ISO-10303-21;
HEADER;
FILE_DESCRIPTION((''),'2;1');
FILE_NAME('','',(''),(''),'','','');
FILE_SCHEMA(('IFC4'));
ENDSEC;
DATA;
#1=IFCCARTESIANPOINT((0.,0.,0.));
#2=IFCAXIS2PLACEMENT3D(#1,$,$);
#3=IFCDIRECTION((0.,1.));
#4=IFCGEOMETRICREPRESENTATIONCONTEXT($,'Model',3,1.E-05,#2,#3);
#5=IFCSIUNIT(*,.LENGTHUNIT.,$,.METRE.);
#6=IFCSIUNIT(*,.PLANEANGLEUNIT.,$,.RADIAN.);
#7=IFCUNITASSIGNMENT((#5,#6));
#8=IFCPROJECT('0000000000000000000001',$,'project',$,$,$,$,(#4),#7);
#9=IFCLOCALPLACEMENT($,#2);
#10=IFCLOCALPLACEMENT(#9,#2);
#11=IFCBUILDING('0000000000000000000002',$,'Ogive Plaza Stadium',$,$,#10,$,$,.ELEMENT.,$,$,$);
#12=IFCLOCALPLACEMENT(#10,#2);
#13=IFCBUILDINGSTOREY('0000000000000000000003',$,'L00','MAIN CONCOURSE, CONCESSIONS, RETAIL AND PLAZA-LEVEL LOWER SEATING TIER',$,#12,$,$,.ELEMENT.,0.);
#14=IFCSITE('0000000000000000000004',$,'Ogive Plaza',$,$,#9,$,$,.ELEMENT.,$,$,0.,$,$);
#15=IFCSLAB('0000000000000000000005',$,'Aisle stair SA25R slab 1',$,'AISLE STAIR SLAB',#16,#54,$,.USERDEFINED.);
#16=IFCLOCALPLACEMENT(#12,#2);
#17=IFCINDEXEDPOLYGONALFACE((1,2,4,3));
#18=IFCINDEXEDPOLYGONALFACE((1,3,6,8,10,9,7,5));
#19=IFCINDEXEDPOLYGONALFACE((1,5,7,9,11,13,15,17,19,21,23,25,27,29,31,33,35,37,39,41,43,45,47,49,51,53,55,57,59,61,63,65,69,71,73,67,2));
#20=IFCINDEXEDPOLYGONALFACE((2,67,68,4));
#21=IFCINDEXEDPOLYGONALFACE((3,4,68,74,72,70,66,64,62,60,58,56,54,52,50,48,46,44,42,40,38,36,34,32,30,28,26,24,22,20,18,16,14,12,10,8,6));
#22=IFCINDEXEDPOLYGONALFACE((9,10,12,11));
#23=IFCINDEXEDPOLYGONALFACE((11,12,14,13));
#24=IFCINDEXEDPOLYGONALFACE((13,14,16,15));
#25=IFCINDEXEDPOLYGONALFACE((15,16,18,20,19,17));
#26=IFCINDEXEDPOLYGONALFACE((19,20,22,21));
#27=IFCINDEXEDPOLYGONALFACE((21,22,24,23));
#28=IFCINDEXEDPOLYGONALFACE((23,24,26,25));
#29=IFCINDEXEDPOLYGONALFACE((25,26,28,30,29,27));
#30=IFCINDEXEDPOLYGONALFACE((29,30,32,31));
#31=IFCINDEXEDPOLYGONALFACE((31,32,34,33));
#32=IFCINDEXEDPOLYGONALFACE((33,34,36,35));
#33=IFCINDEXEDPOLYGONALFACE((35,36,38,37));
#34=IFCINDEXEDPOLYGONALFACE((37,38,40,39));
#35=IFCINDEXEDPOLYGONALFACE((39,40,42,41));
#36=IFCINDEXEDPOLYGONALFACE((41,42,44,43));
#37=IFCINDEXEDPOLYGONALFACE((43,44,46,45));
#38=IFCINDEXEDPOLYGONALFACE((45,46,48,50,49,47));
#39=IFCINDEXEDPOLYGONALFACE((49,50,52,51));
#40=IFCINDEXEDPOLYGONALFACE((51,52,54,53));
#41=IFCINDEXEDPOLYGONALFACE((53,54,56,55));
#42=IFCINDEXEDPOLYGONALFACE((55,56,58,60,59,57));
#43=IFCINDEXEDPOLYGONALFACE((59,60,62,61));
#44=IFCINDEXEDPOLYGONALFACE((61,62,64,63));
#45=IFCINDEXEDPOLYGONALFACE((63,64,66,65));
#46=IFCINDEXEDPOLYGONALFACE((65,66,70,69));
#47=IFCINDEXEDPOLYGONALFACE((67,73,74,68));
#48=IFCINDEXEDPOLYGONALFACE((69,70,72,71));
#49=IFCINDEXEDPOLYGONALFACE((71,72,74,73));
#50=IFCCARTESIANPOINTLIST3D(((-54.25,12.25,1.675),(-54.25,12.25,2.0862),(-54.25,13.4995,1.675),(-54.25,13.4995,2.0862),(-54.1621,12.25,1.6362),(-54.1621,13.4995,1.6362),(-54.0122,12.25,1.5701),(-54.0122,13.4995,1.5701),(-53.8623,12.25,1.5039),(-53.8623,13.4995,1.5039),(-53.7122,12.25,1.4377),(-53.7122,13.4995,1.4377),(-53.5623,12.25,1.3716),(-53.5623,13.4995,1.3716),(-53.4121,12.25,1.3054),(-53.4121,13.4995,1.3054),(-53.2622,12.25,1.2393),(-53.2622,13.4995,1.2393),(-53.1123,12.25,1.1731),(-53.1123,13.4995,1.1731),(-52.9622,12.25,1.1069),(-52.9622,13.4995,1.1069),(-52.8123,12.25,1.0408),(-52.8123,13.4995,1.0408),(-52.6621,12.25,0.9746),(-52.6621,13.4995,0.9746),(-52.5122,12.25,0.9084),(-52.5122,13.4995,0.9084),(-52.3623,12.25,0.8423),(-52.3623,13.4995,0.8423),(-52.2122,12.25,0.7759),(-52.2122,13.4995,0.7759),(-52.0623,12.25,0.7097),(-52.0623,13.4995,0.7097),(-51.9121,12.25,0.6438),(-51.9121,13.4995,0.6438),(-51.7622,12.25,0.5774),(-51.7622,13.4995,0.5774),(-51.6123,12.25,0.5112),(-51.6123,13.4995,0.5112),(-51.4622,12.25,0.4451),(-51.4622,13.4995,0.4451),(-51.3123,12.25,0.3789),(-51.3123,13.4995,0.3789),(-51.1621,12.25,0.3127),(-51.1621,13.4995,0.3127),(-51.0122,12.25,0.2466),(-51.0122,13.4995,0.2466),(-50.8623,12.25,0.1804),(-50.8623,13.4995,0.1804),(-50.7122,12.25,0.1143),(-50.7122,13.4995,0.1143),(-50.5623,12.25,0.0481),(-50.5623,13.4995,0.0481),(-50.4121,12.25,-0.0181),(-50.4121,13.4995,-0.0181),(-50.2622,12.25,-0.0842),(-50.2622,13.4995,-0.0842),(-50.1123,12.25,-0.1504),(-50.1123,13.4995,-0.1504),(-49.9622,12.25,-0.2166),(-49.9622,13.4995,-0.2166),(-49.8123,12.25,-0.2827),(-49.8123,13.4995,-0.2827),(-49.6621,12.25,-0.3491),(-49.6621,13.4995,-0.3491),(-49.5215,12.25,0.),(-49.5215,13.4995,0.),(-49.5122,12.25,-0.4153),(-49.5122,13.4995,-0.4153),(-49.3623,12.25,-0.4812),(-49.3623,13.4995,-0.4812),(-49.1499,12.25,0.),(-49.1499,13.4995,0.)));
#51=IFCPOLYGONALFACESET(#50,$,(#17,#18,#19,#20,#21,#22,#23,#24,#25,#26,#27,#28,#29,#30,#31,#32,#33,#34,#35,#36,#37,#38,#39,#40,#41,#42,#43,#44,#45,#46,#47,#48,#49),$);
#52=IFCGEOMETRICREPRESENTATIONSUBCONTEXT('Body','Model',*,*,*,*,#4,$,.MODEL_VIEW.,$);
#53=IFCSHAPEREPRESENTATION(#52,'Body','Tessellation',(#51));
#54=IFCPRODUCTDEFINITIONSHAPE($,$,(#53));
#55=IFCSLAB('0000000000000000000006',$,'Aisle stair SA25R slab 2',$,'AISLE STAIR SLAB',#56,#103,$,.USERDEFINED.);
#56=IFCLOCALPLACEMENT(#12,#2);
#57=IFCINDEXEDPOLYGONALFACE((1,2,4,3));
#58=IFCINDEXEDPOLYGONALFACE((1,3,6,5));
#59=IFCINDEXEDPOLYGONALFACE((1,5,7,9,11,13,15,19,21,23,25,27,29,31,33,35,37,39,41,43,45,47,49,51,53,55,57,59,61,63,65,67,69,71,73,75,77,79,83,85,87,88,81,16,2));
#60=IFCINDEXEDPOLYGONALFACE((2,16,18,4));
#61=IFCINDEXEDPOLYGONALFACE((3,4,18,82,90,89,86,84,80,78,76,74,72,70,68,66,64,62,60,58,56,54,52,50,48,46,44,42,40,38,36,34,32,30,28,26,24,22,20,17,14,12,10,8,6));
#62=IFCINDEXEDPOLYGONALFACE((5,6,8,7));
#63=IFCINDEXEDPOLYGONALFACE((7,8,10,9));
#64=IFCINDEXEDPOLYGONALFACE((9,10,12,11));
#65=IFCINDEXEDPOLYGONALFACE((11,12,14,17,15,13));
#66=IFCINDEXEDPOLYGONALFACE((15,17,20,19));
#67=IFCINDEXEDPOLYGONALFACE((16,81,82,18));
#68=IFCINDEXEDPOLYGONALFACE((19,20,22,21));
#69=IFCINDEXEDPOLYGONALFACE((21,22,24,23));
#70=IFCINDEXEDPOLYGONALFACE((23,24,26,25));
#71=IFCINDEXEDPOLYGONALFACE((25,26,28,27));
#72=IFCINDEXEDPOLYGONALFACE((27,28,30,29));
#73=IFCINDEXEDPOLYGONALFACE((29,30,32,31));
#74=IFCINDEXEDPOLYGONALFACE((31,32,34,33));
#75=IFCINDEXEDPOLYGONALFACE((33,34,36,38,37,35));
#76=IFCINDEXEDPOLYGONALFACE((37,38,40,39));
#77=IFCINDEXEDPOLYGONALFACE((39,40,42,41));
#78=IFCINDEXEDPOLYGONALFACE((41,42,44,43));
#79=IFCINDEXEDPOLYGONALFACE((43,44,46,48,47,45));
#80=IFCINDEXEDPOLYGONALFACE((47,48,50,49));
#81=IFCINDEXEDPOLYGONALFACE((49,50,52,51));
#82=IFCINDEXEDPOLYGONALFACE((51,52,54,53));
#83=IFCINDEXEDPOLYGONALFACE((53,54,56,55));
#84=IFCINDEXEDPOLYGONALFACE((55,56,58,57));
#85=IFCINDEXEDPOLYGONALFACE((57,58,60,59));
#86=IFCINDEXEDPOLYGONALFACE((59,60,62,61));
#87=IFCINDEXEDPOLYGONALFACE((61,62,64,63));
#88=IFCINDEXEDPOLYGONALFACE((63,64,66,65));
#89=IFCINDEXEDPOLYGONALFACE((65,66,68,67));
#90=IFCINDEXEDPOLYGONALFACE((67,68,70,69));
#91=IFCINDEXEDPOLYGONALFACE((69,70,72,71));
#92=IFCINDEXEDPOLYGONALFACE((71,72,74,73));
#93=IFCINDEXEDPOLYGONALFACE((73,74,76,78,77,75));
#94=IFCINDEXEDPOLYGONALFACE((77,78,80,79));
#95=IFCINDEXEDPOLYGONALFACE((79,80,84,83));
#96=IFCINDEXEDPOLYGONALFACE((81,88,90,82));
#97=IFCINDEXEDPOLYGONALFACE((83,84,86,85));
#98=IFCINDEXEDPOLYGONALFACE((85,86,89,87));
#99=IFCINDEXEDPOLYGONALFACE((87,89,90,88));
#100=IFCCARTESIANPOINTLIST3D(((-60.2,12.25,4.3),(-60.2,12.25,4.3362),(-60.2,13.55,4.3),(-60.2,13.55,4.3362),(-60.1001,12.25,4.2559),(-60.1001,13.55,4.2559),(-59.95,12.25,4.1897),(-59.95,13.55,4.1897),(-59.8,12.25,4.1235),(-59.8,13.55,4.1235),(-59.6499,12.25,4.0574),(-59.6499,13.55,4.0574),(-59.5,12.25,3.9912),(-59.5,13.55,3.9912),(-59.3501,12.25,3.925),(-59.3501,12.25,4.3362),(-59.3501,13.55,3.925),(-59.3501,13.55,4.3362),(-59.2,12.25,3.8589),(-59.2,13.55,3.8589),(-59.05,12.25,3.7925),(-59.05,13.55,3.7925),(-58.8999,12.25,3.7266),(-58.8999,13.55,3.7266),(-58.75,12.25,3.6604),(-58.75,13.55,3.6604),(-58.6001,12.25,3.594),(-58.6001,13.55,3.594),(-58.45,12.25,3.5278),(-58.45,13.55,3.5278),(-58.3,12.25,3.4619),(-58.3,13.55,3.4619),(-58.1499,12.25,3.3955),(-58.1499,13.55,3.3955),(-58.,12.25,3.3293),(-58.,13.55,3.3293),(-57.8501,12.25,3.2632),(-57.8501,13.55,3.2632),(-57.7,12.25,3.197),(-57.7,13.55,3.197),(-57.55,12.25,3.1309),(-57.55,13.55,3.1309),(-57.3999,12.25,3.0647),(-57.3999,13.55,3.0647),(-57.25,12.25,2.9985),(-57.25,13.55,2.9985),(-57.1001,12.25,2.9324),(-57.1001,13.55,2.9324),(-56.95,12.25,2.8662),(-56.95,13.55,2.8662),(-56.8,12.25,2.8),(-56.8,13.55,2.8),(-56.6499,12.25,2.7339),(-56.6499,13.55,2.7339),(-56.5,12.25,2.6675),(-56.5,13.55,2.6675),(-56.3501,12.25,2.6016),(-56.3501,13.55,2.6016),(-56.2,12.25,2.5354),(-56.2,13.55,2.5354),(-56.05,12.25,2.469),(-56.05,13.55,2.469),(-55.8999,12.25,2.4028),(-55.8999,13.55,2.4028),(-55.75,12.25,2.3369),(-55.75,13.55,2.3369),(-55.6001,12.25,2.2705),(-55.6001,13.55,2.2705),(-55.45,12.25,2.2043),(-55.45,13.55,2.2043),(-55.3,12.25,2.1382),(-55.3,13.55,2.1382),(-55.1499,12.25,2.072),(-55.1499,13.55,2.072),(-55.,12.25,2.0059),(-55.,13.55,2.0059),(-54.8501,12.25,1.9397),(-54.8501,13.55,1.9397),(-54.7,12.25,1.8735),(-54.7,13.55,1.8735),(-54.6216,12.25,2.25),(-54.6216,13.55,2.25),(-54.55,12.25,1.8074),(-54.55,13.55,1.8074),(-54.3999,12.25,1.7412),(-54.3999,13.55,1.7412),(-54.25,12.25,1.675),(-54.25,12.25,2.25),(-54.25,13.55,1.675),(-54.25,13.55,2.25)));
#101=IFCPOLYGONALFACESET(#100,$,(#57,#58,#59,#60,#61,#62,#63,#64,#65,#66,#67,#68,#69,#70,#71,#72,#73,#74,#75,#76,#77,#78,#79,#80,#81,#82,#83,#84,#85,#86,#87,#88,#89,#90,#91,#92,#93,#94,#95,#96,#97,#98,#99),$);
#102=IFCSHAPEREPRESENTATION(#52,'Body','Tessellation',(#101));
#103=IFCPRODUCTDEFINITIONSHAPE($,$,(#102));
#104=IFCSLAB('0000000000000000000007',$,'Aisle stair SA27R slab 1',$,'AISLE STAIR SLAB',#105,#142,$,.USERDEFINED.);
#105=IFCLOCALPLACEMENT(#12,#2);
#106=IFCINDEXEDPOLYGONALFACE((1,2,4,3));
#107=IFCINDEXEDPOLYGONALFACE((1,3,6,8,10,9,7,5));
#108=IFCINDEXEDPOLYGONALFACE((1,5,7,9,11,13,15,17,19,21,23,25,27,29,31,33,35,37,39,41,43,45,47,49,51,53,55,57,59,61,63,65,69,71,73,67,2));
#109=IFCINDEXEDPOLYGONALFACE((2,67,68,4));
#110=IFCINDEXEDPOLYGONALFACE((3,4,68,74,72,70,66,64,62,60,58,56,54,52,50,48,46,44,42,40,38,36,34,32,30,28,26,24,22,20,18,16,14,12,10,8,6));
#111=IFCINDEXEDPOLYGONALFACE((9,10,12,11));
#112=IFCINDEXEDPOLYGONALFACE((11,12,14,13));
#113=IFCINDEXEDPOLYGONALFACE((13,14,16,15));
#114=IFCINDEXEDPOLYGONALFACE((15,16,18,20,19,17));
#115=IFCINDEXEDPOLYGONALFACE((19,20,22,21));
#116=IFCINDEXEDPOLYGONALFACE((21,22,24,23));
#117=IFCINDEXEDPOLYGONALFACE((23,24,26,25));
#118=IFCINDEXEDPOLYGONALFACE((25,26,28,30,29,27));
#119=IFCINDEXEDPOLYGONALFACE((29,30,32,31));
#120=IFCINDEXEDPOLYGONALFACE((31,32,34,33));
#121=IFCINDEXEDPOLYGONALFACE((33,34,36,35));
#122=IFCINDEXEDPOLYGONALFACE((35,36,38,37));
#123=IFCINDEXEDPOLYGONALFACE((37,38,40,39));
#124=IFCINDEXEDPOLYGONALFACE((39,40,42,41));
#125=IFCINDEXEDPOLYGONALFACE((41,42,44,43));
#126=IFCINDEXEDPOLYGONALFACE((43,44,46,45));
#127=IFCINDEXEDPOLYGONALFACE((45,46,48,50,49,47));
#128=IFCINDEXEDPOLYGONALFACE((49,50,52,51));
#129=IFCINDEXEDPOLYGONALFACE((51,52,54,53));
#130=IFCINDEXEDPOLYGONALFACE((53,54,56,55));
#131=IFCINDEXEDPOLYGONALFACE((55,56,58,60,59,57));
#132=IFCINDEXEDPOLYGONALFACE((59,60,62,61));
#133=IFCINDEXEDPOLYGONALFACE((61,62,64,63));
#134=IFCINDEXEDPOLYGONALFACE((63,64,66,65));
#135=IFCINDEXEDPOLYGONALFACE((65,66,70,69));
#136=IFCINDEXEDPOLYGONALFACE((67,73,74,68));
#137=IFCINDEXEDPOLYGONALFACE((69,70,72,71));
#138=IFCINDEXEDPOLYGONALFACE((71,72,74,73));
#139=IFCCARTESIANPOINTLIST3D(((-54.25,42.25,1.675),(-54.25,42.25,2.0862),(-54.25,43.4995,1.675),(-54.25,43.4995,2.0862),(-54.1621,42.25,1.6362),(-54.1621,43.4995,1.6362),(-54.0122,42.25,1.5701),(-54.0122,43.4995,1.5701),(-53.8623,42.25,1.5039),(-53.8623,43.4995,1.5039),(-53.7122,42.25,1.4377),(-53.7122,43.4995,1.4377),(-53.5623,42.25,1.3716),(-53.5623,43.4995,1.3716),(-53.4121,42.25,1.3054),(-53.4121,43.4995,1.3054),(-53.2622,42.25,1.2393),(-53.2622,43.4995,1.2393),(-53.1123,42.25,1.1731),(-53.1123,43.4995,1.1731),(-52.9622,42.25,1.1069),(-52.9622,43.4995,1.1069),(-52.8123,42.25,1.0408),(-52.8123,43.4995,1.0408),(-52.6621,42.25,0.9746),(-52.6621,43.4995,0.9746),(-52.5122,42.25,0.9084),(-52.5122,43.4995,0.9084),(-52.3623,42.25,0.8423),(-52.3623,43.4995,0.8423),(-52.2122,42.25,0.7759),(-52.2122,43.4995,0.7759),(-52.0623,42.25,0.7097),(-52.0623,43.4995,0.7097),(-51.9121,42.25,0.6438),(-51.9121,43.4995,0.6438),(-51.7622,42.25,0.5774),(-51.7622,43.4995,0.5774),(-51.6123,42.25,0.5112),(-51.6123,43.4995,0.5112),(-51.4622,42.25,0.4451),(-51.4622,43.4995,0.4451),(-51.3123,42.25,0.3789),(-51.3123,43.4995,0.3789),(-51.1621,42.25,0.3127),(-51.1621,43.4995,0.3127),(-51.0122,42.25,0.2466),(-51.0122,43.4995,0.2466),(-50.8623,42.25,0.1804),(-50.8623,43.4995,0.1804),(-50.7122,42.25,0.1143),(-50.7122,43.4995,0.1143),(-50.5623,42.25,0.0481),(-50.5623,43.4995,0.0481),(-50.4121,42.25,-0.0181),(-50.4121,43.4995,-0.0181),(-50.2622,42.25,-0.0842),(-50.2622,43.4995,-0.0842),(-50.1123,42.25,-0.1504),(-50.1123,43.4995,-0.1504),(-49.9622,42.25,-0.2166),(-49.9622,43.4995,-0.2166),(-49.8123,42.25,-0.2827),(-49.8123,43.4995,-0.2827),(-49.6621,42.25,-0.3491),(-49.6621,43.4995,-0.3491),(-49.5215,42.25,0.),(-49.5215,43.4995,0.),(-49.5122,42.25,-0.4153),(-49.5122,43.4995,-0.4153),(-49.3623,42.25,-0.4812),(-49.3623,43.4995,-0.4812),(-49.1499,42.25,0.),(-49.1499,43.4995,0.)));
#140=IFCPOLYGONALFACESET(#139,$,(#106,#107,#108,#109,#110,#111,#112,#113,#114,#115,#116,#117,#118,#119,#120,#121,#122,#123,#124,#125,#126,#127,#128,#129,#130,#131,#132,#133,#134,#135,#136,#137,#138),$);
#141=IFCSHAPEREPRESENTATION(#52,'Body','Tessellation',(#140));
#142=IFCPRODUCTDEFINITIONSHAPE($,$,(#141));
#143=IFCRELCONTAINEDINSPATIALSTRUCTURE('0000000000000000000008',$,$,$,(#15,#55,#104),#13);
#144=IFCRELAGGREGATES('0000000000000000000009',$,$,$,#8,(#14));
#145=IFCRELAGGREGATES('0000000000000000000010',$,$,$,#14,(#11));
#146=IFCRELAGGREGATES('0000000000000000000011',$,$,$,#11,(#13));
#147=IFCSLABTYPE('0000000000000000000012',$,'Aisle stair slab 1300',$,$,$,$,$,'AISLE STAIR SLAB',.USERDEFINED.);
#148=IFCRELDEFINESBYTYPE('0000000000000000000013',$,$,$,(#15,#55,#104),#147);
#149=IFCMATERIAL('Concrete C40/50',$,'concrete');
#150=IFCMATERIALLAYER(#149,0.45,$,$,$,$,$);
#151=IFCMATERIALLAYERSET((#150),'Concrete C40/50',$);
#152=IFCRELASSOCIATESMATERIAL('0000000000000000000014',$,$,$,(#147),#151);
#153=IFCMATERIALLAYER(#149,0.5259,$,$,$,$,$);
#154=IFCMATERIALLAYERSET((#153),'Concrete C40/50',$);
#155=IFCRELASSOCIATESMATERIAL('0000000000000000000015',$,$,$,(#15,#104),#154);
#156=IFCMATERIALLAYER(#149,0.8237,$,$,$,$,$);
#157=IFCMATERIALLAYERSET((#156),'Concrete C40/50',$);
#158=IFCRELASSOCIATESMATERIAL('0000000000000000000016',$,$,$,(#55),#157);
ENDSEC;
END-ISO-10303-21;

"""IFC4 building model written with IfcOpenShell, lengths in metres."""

from ifc_helpers import new_model, si_unit, direction, frame, origin, place, context, subcontext, project, spatial, polyline, outline, extrude, material, layer, layer_set, type_object, element, save


model = new_model("IFC4")

# Units and contexts
model_context = context("Model", 3, precision=1e-05, world=origin(), true_north=direction((0.0, 1.0)))
body_context = subcontext(model_context, "Body", "Model", "MODEL_VIEW")
ifc_project = project(units=[si_unit("LENGTHUNIT", "METRE"), si_unit("PLANEANGLEUNIT", "RADIAN")], contexts=[model_context])

# Site, building, storey
site_placement = place(None, origin())
site = spatial("IfcSite", under=ifc_project, at=site_placement, Name="Ogive Plaza", CompositionType="ELEMENT", RefElevation=0.0)
building_placement = place(site_placement, origin())
building = spatial("IfcBuilding", under=site, at=building_placement, Name="Ogive Plaza Stadium", CompositionType="ELEMENT")
storey_placement = place(building_placement, origin())
storey = spatial("IfcBuildingStorey", under=building, at=storey_placement, Name="L00", Description="MAIN CONCOURSE, CONCESSIONS, RETAIL AND PLAZA-LEVEL LOWER SEATING TIER", CompositionType="ELEMENT", Elevation=0.0)

# Slabs
ifc_material_1 = material(Name="Concrete C40/50", Category="concrete")
ifc_layer_1 = layer(ifc_material_1, 0.5259)
ifc_layer_set_1 = layer_set([ifc_layer_1], Name="Concrete C40/50")
ifc_layer_2 = layer(ifc_material_1, 0.45)
ifc_layer_set_2 = layer_set([ifc_layer_2], Name="Concrete C40/50")
slab_type_1 = type_object("IfcSlabType", Name="Aisle stair slab 1300", ElementType="AISLE STAIR SLAB", PredefinedType="USERDEFINED", material=ifc_layer_set_2)
ifc_layer_3 = layer(ifc_material_1, 0.8237)
ifc_layer_set_3 = layer_set([ifc_layer_3], Name="Concrete C40/50")
slab_1_placement = place(storey_placement, frame((-49.1499, 12.8748, 0.0), z_axis=(0.0, 0.0, 1.0), x_axis=(-1.0, 0.0, 0.0)))
element("IfcSlab", 1, at=slab_1_placement, inside=storey, type_object=slab_type_1, material=ifc_layer_set_1, Name="Aisle stair SA25R slab 1", ObjectType="AISLE STAIR SLAB", PredefinedType="USERDEFINED", context=body_context, shape_type="SweptSolid", body=[
    extrude(outline(polyline([(0.0, 0.0), (0.3716, 0.0), (5.1001, 2.0862), (5.1001, 1.675), (5.0122, 1.6362), (4.8623, 1.5701), (4.7124, 1.5039), (4.5623, 1.4377), (4.4124, 1.3716), (4.2622, 1.3054), (4.1123, 1.2393), (3.9624, 1.1731), (3.8123, 1.1069), (3.6624, 1.0408), (3.5122, 0.9746), (3.3623, 0.9084), (3.2124, 0.8423), (3.0623, 0.7759), (2.9124, 0.7097), (2.7622, 0.6438), (2.6123, 0.5774), (2.4624, 0.5112), (2.3123, 0.4451), (2.1624, 0.3789), (2.0122, 0.3127), (1.8623, 0.2466), (1.7124, 0.1804), (1.5623, 0.1143), (1.4124, 0.0481), (1.2622, -0.0181), (1.1123, -0.0842), (0.9624, -0.1504), (0.8123, -0.2166), (0.6624, -0.2827), (0.5122, -0.3491), (0.3623, -0.4153), (0.2124, -0.4812), (0.0, 0.0)])), frame((0.0, 0.6248, 0.0), z_axis=(0.0, -1.0, 0.0), x_axis=(1.0, 0.0, 0.0)), (0.0, 0.0, 1.0), 1.2495),
])
slab_2_placement = place(storey_placement, frame((-54.25, 12.8999, 0.0), z_axis=(0.0, 0.0, 1.0), x_axis=(-1.0, 0.0, 0.0)))
element("IfcSlab", 2, at=slab_2_placement, inside=storey, type_object=slab_type_1, material=ifc_layer_set_3, Name="Aisle stair SA25R slab 2", ObjectType="AISLE STAIR SLAB", PredefinedType="USERDEFINED", context=body_context, shape_type="SweptSolid", body=[
    extrude(outline(polyline([(0.0, 2.25), (0.3716, 2.25), (5.1001, 4.3362), (5.95, 4.3362), (5.95, 4.3), (5.8501, 4.2559), (5.7, 4.1897), (5.55, 4.1235), (5.3999, 4.0574), (5.25, 3.9912), (5.1001, 3.925), (4.95, 3.8589), (4.8, 3.7925), (4.6499, 3.7266), (4.5, 3.6604), (4.3501, 3.594), (4.2, 3.5278), (4.05, 3.4619), (3.8999, 3.3955), (3.75, 3.3293), (3.6001, 3.2632), (3.45, 3.197), (3.3, 3.1309), (3.1499, 3.0647), (3.0, 2.9985), (2.8501, 2.9324), (2.7, 2.8662), (2.55, 2.8), (2.3999, 2.7339), (2.25, 2.6675), (2.1001, 2.6016), (1.95, 2.5354), (1.8, 2.469), (1.6499, 2.4028), (1.5, 2.3369), (1.3501, 2.2705), (1.2, 2.2043), (1.05, 2.1382), (0.8999, 2.072), (0.75, 2.0059), (0.6001, 1.9397), (0.45, 1.8735), (0.3, 1.8074), (0.1499, 1.7412), (0.0, 1.675), (0.0, 2.25)])), frame((0.0, 0.6499, 0.0), z_axis=(0.0, -1.0, 0.0), x_axis=(1.0, 0.0, 0.0)), (0.0, 0.0, 1.0), 1.3),
])
slab_3_placement = place(storey_placement, frame((-49.1499, 42.8748, 0.0), z_axis=(0.0, 0.0, 1.0), x_axis=(-1.0, 0.0, 0.0)))
element("IfcSlab", 3, at=slab_3_placement, inside=storey, type_object=slab_type_1, material=ifc_layer_set_1, Name="Aisle stair SA27R slab 1", ObjectType="AISLE STAIR SLAB", PredefinedType="USERDEFINED", context=body_context, shape_type="SweptSolid", body=[
    extrude(outline(polyline([(0.0, 0.0), (0.3716, 0.0), (5.1001, 2.0862), (5.1001, 1.675), (5.0122, 1.6362), (4.8623, 1.5701), (4.7124, 1.5039), (4.5623, 1.4377), (4.4124, 1.3716), (4.2622, 1.3054), (4.1123, 1.2393), (3.9624, 1.1731), (3.8123, 1.1069), (3.6624, 1.0408), (3.5122, 0.9746), (3.3623, 0.9084), (3.2124, 0.8423), (3.0623, 0.7759), (2.9124, 0.7097), (2.7622, 0.6438), (2.6123, 0.5774), (2.4624, 0.5112), (2.3123, 0.4451), (2.1624, 0.3789), (2.0122, 0.3127), (1.8623, 0.2466), (1.7124, 0.1804), (1.5623, 0.1143), (1.4124, 0.0481), (1.2622, -0.0181), (1.1123, -0.0842), (0.9624, -0.1504), (0.8123, -0.2166), (0.6624, -0.2827), (0.5122, -0.3491), (0.3623, -0.4153), (0.2124, -0.4812), (0.0, 0.0)])), frame((0.0, 0.6248, 0.0), z_axis=(0.0, -1.0, 0.0), x_axis=(1.0, 0.0, 0.0)), (0.0, 0.0, 1.0), 1.2495),
])

save(model, "model.ifc")
